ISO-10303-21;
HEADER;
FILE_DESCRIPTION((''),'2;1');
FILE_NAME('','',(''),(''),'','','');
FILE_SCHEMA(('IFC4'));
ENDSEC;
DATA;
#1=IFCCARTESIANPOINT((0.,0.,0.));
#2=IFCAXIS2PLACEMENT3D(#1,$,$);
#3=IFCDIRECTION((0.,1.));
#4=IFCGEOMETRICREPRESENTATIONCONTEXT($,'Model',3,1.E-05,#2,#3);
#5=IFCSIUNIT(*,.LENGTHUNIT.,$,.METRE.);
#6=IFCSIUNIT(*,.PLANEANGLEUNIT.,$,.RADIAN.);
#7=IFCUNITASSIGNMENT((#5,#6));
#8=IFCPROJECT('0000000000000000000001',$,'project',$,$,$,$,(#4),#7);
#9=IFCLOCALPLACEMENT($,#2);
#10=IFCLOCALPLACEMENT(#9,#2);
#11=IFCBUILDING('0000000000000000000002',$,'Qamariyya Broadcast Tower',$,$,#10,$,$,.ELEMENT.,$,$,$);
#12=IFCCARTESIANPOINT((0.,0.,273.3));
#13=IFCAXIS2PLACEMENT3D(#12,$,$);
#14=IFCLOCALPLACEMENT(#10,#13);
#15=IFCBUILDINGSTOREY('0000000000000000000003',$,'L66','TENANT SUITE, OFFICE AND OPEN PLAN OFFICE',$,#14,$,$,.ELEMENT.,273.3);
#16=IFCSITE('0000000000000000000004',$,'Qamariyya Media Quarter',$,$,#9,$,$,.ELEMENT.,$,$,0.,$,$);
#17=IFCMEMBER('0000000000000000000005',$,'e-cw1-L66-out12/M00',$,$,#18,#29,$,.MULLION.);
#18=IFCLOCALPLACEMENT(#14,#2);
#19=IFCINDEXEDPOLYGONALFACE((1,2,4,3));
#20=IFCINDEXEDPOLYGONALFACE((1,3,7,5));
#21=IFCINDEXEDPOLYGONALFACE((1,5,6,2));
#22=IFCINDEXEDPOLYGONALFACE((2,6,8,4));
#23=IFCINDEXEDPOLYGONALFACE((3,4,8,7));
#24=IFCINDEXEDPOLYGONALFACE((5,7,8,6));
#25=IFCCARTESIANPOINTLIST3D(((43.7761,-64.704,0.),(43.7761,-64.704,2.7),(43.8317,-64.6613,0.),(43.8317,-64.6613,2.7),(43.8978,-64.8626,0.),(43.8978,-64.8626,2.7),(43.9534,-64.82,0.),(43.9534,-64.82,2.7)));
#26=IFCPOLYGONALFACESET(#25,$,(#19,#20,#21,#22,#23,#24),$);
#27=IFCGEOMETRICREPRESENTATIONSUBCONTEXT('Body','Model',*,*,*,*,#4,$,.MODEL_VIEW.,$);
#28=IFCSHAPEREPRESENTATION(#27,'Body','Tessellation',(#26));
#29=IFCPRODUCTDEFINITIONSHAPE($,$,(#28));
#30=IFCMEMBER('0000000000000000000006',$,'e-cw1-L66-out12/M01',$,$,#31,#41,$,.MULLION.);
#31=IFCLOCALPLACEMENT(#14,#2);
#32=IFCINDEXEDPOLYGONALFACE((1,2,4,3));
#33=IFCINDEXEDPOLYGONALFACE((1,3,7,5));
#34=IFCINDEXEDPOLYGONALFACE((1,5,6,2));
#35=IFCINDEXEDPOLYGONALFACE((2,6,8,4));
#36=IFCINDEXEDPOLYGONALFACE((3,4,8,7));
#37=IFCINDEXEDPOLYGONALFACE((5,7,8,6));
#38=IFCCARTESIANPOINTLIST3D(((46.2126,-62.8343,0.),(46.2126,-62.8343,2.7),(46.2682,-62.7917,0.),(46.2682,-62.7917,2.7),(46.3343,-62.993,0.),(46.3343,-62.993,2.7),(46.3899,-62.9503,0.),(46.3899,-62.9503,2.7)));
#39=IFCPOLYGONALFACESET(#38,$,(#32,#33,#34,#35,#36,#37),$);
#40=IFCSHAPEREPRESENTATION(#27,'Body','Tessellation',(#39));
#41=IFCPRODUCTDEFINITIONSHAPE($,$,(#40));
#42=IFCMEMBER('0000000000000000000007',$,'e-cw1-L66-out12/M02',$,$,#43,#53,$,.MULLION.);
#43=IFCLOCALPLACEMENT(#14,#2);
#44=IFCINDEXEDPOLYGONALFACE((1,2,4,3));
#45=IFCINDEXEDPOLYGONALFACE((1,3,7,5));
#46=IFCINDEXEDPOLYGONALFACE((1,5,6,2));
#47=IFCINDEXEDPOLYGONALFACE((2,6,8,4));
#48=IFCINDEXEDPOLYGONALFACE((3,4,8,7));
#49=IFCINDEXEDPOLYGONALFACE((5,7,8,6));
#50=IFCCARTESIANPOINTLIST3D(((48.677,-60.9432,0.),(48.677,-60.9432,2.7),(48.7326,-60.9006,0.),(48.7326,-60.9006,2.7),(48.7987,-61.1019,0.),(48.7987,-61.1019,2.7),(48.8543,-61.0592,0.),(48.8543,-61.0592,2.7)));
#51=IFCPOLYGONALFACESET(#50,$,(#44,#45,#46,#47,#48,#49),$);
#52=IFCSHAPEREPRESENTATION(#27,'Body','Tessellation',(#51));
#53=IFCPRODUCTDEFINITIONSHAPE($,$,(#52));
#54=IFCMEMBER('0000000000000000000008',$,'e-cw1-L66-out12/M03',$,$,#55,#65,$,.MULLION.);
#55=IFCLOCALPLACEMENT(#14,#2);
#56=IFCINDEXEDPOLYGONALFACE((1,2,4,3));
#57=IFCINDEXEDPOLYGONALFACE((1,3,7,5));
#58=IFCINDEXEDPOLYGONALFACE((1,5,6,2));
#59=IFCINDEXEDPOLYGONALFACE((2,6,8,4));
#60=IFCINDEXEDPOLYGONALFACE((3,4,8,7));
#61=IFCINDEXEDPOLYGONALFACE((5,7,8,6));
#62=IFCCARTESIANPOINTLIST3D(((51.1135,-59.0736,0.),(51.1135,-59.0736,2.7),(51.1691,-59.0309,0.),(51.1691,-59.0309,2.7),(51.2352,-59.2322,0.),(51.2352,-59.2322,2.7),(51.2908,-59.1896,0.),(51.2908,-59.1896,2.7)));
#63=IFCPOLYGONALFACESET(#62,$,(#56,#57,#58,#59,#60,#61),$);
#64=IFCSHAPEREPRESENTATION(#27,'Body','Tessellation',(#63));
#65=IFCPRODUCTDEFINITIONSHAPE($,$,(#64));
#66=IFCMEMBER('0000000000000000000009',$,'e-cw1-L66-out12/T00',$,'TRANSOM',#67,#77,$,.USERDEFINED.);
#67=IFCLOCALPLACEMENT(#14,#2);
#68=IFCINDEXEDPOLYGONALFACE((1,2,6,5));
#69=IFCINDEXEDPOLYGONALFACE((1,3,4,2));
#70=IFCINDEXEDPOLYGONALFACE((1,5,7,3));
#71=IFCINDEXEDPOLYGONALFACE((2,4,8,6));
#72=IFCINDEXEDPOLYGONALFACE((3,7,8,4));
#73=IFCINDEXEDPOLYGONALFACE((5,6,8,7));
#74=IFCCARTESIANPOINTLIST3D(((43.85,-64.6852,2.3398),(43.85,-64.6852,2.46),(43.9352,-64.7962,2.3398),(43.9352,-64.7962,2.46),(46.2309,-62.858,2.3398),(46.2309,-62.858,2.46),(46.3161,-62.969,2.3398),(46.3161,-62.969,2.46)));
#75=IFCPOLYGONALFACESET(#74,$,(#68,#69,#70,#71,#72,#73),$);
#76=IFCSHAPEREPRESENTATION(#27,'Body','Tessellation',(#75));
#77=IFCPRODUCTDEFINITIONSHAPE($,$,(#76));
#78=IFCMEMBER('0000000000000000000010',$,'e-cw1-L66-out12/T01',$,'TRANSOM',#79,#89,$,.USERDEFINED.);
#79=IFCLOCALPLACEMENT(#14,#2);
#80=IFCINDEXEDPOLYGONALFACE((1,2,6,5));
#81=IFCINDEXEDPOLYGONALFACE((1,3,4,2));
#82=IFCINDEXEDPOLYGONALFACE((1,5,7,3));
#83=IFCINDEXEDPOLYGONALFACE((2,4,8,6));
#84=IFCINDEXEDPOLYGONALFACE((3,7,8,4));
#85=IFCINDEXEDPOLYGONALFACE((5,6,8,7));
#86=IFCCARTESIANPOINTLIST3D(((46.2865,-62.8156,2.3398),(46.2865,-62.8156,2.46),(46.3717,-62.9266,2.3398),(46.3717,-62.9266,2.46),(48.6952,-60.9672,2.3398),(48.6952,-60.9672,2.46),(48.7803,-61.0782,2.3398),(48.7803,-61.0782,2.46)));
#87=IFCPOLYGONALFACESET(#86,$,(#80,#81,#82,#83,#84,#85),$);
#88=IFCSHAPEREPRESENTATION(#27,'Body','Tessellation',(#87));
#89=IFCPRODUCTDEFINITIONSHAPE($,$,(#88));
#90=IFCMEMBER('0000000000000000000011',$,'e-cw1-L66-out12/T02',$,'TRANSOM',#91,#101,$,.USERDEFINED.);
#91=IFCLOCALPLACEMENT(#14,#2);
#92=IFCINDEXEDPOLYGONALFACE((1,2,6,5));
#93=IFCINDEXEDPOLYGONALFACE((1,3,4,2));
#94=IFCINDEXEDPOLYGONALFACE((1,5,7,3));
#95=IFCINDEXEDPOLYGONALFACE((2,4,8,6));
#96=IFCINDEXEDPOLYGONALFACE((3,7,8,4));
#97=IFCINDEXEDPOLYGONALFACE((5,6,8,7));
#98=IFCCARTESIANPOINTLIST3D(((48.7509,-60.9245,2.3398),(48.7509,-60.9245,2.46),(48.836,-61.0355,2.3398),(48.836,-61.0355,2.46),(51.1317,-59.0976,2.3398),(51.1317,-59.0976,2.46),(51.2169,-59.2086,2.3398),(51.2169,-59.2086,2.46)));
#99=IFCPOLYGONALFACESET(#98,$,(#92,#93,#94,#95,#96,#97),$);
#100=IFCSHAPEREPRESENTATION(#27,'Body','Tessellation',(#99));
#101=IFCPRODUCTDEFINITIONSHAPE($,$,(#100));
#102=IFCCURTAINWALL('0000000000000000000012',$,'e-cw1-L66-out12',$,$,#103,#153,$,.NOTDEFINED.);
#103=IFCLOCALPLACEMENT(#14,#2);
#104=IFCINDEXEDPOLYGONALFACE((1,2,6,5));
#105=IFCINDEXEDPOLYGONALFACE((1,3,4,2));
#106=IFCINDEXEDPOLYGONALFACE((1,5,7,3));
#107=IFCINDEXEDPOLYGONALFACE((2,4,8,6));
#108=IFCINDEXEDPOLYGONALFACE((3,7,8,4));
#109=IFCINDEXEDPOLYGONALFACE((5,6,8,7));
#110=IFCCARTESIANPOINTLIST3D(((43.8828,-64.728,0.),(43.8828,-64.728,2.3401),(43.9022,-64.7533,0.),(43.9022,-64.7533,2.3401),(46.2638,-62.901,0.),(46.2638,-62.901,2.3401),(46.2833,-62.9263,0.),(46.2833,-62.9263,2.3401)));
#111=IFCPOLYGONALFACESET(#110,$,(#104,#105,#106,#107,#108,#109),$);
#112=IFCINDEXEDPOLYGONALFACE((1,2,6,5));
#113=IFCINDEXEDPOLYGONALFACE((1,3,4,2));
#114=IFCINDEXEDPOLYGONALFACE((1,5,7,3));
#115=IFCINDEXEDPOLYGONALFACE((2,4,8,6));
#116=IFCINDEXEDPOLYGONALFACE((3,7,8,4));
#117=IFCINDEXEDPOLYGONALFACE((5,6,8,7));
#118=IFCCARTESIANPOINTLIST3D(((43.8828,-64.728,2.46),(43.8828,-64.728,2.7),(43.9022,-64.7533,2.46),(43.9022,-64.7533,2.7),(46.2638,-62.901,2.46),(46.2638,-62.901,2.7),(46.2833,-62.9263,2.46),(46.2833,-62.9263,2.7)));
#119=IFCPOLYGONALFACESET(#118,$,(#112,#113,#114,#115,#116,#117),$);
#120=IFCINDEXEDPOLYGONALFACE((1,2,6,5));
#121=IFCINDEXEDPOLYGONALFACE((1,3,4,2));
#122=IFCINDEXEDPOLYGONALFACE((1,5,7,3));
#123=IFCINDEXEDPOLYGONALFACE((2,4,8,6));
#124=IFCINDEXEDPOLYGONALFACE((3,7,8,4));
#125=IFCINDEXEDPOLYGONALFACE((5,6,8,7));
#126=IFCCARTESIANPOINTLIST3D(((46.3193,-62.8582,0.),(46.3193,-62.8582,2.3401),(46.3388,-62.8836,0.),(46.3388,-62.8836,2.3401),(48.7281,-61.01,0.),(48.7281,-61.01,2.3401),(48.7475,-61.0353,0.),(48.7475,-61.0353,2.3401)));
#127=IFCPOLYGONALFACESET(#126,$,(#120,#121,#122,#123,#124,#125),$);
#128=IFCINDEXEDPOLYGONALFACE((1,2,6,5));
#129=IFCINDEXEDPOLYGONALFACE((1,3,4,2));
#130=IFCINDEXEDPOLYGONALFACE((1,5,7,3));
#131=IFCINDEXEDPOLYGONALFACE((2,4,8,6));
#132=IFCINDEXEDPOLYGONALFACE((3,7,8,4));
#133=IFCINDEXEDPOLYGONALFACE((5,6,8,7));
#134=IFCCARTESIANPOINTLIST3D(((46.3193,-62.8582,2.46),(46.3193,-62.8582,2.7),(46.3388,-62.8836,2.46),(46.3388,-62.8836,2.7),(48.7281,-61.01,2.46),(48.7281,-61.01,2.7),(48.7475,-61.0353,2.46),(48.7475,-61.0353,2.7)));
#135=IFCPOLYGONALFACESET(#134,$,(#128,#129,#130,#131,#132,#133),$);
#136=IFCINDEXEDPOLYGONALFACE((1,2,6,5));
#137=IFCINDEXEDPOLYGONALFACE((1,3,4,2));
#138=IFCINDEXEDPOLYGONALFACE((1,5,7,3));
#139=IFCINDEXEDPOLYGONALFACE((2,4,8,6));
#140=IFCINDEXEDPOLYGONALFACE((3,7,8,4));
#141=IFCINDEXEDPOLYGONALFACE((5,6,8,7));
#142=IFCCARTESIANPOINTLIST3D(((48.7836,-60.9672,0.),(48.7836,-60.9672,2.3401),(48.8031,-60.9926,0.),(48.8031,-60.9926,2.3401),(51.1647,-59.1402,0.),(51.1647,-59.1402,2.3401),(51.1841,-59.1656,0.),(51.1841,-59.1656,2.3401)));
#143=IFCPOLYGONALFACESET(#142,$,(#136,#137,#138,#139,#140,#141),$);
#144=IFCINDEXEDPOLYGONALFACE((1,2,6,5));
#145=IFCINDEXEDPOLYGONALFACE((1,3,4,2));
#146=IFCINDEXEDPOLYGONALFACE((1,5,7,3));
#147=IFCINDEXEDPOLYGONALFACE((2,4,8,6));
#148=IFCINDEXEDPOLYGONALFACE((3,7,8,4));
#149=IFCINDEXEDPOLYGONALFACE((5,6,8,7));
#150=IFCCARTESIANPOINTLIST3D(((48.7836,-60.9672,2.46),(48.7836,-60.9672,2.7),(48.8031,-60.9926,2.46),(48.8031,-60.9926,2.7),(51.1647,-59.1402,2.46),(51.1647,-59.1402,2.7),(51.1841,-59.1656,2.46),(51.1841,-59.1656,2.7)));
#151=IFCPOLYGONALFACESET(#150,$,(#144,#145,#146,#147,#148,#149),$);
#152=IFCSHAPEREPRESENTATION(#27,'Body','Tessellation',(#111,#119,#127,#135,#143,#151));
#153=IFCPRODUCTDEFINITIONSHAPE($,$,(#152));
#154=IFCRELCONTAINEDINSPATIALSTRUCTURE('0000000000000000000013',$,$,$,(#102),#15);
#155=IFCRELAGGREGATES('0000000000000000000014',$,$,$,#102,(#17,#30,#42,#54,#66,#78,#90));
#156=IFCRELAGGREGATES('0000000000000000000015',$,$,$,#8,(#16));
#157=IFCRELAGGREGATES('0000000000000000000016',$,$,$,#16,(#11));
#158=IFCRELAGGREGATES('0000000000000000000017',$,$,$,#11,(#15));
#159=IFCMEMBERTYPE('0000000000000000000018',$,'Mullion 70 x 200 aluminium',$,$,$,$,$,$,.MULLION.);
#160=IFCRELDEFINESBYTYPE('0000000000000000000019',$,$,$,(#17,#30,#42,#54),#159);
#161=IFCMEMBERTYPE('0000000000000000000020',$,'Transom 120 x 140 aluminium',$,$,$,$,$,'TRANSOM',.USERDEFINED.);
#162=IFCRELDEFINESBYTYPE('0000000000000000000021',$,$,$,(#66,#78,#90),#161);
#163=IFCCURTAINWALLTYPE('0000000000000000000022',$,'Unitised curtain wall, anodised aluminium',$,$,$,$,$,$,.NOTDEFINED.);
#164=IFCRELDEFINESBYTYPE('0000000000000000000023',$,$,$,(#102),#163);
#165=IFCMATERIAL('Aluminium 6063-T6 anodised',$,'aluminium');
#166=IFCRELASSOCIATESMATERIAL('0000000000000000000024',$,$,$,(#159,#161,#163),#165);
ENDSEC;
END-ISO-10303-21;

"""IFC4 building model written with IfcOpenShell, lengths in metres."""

from ifc_helpers import new_model, si_unit, direction, frame, origin, origin_2d, place, context, subcontext, project, spatial, rectangle, extrude, material, material_profile, profile_set, type_object, element, aggregate, save


model = new_model("IFC4")

# Units and contexts
model_context = context("Model", 3, precision=1e-05, world=origin(), true_north=direction((0.0, 1.0)))
body_context = subcontext(model_context, "Body", "Model", "MODEL_VIEW")
ifc_project = project(units=[si_unit("LENGTHUNIT", "METRE"), si_unit("PLANEANGLEUNIT", "RADIAN")], contexts=[model_context])

# Members
ifc_material_1 = material(Name="Aluminium 6063-T6 anodised", Category="aluminium")
ifc_material_profile_1 = material_profile(ifc_material_1, rectangle(XDim=0.2, YDim=0.0701, at=origin_2d()))
ifc_profile_set_1 = profile_set([ifc_material_profile_1], Name="Aluminium 6063-T6 anodised")
member_type_1 = type_object("IfcMemberType", Name="Mullion 70 x 200 aluminium", PredefinedType="MULLION", material=ifc_profile_set_1)
site_placement = place(None, origin())
building_placement = place(site_placement, origin())
storey_placement = place(building_placement, frame((0.0, 0.0, 273.3)))
member_1_placement = place(storey_placement, frame((43.8647, -64.762, 0.0), z_axis=(0.0, 0.0, 1.0), x_axis=(-0.608761, 0.793353, 0.0)))
member_1 = element("IfcMember", 1, at=member_1_placement, type_object=member_type_1, Name="e-cw1-L66-out12/M00", PredefinedType="MULLION", context=body_context, shape_type="SweptSolid", body=[
    extrude(rectangle(XDim=0.2, YDim=0.0701, at=origin_2d()), origin(), (0.0, 0.0, 1.0), 2.7),
])
member_2_placement = place(storey_placement, frame((46.3013, -62.8923, 0.0), z_axis=(0.0, 0.0, 1.0), x_axis=(-0.608761, 0.793353, 0.0)))
member_2 = element("IfcMember", 2, at=member_2_placement, type_object=member_type_1, Name="e-cw1-L66-out12/M01", PredefinedType="MULLION", context=body_context, shape_type="SweptSolid", body=[
    extrude(rectangle(XDim=0.2, YDim=0.0701, at=origin_2d()), origin(), (0.0, 0.0, 1.0), 2.7),
])
member_3_placement = place(storey_placement, frame((48.7656, -61.0012, 0.0), z_axis=(0.0, 0.0, 1.0), x_axis=(-0.608761, 0.793353, 0.0)))
member_3 = element("IfcMember", 3, at=member_3_placement, type_object=member_type_1, Name="e-cw1-L66-out12/M02", PredefinedType="MULLION", context=body_context, shape_type="SweptSolid", body=[
    extrude(rectangle(XDim=0.2, YDim=0.0701, at=origin_2d()), origin(), (0.0, 0.0, 1.0), 2.7),
])
member_4_placement = place(storey_placement, frame((51.2021, -59.1316, 0.0), z_axis=(0.0, 0.0, 1.0), x_axis=(-0.608761, 0.793353, 0.0)))
member_4 = element("IfcMember", 4, at=member_4_placement, type_object=member_type_1, Name="e-cw1-L66-out12/M03", PredefinedType="MULLION", context=body_context, shape_type="SweptSolid", body=[
    extrude(rectangle(XDim=0.2, YDim=0.0701, at=origin_2d()), origin(), (0.0, 0.0, 1.0), 2.7),
])
ifc_material_profile_2 = material_profile(ifc_material_1, rectangle(XDim=0.1399, YDim=0.1201, at=origin_2d()))
ifc_profile_set_2 = profile_set([ifc_material_profile_2], Name="Aluminium 6063-T6 anodised")
member_type_2 = type_object("IfcMemberType", Name="Transom 120 x 140 aluminium", ElementType="TRANSOM", PredefinedType="USERDEFINED", material=ifc_profile_set_2)
member_5_placement = place(storey_placement, frame((43.8926, -64.7407, 2.3999), z_axis=(0.793313, 0.608814, 0.0), x_axis=(-0.608814, 0.793313, 0.0)))
member_5 = element("IfcMember", 5, at=member_5_placement, type_object=member_type_2, Name="e-cw1-L66-out12/T00", ObjectType="TRANSOM", PredefinedType="USERDEFINED", context=body_context, shape_type="SweptSolid", body=[
    extrude(rectangle(XDim=0.1399, YDim=0.1201, at=origin_2d()), origin(), (0.0, 0.0, 1.0), 3.0012),
])
member_6_placement = place(storey_placement, frame((46.3291, -62.8711, 2.3999), z_axis=(0.793332, 0.608789, 0.0), x_axis=(-0.608789, 0.793332, 0.0)))
member_6 = element("IfcMember", 6, at=member_6_placement, type_object=member_type_2, Name="e-cw1-L66-out12/T01", ObjectType="TRANSOM", PredefinedType="USERDEFINED", context=body_context, shape_type="SweptSolid", body=[
    extrude(rectangle(XDim=0.1399, YDim=0.1201, at=origin_2d()), origin(), (0.0, 0.0, 1.0), 3.0361),
])
member_7_placement = place(storey_placement, frame((48.7935, -60.98, 2.3999), z_axis=(0.793352, 0.608763, 0.0), x_axis=(-0.608763, 0.793352, 0.0)))
member_7 = element("IfcMember", 7, at=member_7_placement, type_object=member_type_2, Name="e-cw1-L66-out12/T02", ObjectType="TRANSOM", PredefinedType="USERDEFINED", context=body_context, shape_type="SweptSolid", body=[
    extrude(rectangle(XDim=0.1399, YDim=0.1201, at=origin_2d()), origin(), (0.0, 0.0, 1.0), 3.001),
])

# Site, building, storey
site = spatial("IfcSite", under=ifc_project, at=site_placement, Name="Qamariyya Media Quarter", CompositionType="ELEMENT", RefElevation=0.0)
building = spatial("IfcBuilding", under=site, at=building_placement, Name="Qamariyya Broadcast Tower", CompositionType="ELEMENT")
storey = spatial("IfcBuildingStorey", under=building, at=storey_placement, Name="L66", Description="TENANT SUITE, OFFICE AND OPEN PLAN OFFICE", CompositionType="ELEMENT", Elevation=273.3)

# Curtain wall
curtain_wall_type = type_object("IfcCurtainWallType", Name="Unitised curtain wall, anodised aluminium", PredefinedType="NOTDEFINED", material=ifc_material_1)
curtain_wall_1_placement = place(storey_placement, origin())
curtain_wall_1 = element("IfcCurtainWall", 8, at=curtain_wall_1_placement, inside=storey, type_object=curtain_wall_type, Name="e-cw1-L66-out12", PredefinedType="NOTDEFINED", context=body_context, shape_type="SweptSolid", body=[
    extrude(rectangle(XDim=3.0012, YDim=0.032, at=origin_2d()), frame((45.083, -63.8271, 0.0), x_axis=(0.793356, 0.608758, 0.0)), (0.0, 0.0, 1.0), 2.3401),
    extrude(rectangle(XDim=3.0012, YDim=0.032, at=origin_2d()), frame((45.083, -63.8271, 2.46), x_axis=(0.793356, 0.608758, 0.0)), (0.0, 0.0, 1.0), 0.24),
    extrude(rectangle(XDim=3.0361, YDim=0.032, at=origin_2d()), frame((47.5334, -61.9468, 0.0), x_axis=(0.793356, 0.608758, 0.0)), (0.0, 0.0, 1.0), 2.3401),
    extrude(rectangle(XDim=3.0361, YDim=0.032, at=origin_2d()), frame((47.5334, -61.9468, 2.46), x_axis=(0.793356, 0.608758, 0.0)), (0.0, 0.0, 1.0), 0.24),
    extrude(rectangle(XDim=3.0012, YDim=0.032, at=origin_2d()), frame((49.9839, -60.0664, 0.0), x_axis=(0.793356, 0.608758, 0.0)), (0.0, 0.0, 1.0), 2.3401),
    extrude(rectangle(XDim=3.0012, YDim=0.032, at=origin_2d()), frame((49.9839, -60.0664, 2.46), x_axis=(0.793356, 0.608758, 0.0)), (0.0, 0.0, 1.0), 0.24),
])
aggregate(curtain_wall_1, [member_1, member_2, member_3, member_4, member_5, member_6, member_7])

save(model, "model.ifc")
